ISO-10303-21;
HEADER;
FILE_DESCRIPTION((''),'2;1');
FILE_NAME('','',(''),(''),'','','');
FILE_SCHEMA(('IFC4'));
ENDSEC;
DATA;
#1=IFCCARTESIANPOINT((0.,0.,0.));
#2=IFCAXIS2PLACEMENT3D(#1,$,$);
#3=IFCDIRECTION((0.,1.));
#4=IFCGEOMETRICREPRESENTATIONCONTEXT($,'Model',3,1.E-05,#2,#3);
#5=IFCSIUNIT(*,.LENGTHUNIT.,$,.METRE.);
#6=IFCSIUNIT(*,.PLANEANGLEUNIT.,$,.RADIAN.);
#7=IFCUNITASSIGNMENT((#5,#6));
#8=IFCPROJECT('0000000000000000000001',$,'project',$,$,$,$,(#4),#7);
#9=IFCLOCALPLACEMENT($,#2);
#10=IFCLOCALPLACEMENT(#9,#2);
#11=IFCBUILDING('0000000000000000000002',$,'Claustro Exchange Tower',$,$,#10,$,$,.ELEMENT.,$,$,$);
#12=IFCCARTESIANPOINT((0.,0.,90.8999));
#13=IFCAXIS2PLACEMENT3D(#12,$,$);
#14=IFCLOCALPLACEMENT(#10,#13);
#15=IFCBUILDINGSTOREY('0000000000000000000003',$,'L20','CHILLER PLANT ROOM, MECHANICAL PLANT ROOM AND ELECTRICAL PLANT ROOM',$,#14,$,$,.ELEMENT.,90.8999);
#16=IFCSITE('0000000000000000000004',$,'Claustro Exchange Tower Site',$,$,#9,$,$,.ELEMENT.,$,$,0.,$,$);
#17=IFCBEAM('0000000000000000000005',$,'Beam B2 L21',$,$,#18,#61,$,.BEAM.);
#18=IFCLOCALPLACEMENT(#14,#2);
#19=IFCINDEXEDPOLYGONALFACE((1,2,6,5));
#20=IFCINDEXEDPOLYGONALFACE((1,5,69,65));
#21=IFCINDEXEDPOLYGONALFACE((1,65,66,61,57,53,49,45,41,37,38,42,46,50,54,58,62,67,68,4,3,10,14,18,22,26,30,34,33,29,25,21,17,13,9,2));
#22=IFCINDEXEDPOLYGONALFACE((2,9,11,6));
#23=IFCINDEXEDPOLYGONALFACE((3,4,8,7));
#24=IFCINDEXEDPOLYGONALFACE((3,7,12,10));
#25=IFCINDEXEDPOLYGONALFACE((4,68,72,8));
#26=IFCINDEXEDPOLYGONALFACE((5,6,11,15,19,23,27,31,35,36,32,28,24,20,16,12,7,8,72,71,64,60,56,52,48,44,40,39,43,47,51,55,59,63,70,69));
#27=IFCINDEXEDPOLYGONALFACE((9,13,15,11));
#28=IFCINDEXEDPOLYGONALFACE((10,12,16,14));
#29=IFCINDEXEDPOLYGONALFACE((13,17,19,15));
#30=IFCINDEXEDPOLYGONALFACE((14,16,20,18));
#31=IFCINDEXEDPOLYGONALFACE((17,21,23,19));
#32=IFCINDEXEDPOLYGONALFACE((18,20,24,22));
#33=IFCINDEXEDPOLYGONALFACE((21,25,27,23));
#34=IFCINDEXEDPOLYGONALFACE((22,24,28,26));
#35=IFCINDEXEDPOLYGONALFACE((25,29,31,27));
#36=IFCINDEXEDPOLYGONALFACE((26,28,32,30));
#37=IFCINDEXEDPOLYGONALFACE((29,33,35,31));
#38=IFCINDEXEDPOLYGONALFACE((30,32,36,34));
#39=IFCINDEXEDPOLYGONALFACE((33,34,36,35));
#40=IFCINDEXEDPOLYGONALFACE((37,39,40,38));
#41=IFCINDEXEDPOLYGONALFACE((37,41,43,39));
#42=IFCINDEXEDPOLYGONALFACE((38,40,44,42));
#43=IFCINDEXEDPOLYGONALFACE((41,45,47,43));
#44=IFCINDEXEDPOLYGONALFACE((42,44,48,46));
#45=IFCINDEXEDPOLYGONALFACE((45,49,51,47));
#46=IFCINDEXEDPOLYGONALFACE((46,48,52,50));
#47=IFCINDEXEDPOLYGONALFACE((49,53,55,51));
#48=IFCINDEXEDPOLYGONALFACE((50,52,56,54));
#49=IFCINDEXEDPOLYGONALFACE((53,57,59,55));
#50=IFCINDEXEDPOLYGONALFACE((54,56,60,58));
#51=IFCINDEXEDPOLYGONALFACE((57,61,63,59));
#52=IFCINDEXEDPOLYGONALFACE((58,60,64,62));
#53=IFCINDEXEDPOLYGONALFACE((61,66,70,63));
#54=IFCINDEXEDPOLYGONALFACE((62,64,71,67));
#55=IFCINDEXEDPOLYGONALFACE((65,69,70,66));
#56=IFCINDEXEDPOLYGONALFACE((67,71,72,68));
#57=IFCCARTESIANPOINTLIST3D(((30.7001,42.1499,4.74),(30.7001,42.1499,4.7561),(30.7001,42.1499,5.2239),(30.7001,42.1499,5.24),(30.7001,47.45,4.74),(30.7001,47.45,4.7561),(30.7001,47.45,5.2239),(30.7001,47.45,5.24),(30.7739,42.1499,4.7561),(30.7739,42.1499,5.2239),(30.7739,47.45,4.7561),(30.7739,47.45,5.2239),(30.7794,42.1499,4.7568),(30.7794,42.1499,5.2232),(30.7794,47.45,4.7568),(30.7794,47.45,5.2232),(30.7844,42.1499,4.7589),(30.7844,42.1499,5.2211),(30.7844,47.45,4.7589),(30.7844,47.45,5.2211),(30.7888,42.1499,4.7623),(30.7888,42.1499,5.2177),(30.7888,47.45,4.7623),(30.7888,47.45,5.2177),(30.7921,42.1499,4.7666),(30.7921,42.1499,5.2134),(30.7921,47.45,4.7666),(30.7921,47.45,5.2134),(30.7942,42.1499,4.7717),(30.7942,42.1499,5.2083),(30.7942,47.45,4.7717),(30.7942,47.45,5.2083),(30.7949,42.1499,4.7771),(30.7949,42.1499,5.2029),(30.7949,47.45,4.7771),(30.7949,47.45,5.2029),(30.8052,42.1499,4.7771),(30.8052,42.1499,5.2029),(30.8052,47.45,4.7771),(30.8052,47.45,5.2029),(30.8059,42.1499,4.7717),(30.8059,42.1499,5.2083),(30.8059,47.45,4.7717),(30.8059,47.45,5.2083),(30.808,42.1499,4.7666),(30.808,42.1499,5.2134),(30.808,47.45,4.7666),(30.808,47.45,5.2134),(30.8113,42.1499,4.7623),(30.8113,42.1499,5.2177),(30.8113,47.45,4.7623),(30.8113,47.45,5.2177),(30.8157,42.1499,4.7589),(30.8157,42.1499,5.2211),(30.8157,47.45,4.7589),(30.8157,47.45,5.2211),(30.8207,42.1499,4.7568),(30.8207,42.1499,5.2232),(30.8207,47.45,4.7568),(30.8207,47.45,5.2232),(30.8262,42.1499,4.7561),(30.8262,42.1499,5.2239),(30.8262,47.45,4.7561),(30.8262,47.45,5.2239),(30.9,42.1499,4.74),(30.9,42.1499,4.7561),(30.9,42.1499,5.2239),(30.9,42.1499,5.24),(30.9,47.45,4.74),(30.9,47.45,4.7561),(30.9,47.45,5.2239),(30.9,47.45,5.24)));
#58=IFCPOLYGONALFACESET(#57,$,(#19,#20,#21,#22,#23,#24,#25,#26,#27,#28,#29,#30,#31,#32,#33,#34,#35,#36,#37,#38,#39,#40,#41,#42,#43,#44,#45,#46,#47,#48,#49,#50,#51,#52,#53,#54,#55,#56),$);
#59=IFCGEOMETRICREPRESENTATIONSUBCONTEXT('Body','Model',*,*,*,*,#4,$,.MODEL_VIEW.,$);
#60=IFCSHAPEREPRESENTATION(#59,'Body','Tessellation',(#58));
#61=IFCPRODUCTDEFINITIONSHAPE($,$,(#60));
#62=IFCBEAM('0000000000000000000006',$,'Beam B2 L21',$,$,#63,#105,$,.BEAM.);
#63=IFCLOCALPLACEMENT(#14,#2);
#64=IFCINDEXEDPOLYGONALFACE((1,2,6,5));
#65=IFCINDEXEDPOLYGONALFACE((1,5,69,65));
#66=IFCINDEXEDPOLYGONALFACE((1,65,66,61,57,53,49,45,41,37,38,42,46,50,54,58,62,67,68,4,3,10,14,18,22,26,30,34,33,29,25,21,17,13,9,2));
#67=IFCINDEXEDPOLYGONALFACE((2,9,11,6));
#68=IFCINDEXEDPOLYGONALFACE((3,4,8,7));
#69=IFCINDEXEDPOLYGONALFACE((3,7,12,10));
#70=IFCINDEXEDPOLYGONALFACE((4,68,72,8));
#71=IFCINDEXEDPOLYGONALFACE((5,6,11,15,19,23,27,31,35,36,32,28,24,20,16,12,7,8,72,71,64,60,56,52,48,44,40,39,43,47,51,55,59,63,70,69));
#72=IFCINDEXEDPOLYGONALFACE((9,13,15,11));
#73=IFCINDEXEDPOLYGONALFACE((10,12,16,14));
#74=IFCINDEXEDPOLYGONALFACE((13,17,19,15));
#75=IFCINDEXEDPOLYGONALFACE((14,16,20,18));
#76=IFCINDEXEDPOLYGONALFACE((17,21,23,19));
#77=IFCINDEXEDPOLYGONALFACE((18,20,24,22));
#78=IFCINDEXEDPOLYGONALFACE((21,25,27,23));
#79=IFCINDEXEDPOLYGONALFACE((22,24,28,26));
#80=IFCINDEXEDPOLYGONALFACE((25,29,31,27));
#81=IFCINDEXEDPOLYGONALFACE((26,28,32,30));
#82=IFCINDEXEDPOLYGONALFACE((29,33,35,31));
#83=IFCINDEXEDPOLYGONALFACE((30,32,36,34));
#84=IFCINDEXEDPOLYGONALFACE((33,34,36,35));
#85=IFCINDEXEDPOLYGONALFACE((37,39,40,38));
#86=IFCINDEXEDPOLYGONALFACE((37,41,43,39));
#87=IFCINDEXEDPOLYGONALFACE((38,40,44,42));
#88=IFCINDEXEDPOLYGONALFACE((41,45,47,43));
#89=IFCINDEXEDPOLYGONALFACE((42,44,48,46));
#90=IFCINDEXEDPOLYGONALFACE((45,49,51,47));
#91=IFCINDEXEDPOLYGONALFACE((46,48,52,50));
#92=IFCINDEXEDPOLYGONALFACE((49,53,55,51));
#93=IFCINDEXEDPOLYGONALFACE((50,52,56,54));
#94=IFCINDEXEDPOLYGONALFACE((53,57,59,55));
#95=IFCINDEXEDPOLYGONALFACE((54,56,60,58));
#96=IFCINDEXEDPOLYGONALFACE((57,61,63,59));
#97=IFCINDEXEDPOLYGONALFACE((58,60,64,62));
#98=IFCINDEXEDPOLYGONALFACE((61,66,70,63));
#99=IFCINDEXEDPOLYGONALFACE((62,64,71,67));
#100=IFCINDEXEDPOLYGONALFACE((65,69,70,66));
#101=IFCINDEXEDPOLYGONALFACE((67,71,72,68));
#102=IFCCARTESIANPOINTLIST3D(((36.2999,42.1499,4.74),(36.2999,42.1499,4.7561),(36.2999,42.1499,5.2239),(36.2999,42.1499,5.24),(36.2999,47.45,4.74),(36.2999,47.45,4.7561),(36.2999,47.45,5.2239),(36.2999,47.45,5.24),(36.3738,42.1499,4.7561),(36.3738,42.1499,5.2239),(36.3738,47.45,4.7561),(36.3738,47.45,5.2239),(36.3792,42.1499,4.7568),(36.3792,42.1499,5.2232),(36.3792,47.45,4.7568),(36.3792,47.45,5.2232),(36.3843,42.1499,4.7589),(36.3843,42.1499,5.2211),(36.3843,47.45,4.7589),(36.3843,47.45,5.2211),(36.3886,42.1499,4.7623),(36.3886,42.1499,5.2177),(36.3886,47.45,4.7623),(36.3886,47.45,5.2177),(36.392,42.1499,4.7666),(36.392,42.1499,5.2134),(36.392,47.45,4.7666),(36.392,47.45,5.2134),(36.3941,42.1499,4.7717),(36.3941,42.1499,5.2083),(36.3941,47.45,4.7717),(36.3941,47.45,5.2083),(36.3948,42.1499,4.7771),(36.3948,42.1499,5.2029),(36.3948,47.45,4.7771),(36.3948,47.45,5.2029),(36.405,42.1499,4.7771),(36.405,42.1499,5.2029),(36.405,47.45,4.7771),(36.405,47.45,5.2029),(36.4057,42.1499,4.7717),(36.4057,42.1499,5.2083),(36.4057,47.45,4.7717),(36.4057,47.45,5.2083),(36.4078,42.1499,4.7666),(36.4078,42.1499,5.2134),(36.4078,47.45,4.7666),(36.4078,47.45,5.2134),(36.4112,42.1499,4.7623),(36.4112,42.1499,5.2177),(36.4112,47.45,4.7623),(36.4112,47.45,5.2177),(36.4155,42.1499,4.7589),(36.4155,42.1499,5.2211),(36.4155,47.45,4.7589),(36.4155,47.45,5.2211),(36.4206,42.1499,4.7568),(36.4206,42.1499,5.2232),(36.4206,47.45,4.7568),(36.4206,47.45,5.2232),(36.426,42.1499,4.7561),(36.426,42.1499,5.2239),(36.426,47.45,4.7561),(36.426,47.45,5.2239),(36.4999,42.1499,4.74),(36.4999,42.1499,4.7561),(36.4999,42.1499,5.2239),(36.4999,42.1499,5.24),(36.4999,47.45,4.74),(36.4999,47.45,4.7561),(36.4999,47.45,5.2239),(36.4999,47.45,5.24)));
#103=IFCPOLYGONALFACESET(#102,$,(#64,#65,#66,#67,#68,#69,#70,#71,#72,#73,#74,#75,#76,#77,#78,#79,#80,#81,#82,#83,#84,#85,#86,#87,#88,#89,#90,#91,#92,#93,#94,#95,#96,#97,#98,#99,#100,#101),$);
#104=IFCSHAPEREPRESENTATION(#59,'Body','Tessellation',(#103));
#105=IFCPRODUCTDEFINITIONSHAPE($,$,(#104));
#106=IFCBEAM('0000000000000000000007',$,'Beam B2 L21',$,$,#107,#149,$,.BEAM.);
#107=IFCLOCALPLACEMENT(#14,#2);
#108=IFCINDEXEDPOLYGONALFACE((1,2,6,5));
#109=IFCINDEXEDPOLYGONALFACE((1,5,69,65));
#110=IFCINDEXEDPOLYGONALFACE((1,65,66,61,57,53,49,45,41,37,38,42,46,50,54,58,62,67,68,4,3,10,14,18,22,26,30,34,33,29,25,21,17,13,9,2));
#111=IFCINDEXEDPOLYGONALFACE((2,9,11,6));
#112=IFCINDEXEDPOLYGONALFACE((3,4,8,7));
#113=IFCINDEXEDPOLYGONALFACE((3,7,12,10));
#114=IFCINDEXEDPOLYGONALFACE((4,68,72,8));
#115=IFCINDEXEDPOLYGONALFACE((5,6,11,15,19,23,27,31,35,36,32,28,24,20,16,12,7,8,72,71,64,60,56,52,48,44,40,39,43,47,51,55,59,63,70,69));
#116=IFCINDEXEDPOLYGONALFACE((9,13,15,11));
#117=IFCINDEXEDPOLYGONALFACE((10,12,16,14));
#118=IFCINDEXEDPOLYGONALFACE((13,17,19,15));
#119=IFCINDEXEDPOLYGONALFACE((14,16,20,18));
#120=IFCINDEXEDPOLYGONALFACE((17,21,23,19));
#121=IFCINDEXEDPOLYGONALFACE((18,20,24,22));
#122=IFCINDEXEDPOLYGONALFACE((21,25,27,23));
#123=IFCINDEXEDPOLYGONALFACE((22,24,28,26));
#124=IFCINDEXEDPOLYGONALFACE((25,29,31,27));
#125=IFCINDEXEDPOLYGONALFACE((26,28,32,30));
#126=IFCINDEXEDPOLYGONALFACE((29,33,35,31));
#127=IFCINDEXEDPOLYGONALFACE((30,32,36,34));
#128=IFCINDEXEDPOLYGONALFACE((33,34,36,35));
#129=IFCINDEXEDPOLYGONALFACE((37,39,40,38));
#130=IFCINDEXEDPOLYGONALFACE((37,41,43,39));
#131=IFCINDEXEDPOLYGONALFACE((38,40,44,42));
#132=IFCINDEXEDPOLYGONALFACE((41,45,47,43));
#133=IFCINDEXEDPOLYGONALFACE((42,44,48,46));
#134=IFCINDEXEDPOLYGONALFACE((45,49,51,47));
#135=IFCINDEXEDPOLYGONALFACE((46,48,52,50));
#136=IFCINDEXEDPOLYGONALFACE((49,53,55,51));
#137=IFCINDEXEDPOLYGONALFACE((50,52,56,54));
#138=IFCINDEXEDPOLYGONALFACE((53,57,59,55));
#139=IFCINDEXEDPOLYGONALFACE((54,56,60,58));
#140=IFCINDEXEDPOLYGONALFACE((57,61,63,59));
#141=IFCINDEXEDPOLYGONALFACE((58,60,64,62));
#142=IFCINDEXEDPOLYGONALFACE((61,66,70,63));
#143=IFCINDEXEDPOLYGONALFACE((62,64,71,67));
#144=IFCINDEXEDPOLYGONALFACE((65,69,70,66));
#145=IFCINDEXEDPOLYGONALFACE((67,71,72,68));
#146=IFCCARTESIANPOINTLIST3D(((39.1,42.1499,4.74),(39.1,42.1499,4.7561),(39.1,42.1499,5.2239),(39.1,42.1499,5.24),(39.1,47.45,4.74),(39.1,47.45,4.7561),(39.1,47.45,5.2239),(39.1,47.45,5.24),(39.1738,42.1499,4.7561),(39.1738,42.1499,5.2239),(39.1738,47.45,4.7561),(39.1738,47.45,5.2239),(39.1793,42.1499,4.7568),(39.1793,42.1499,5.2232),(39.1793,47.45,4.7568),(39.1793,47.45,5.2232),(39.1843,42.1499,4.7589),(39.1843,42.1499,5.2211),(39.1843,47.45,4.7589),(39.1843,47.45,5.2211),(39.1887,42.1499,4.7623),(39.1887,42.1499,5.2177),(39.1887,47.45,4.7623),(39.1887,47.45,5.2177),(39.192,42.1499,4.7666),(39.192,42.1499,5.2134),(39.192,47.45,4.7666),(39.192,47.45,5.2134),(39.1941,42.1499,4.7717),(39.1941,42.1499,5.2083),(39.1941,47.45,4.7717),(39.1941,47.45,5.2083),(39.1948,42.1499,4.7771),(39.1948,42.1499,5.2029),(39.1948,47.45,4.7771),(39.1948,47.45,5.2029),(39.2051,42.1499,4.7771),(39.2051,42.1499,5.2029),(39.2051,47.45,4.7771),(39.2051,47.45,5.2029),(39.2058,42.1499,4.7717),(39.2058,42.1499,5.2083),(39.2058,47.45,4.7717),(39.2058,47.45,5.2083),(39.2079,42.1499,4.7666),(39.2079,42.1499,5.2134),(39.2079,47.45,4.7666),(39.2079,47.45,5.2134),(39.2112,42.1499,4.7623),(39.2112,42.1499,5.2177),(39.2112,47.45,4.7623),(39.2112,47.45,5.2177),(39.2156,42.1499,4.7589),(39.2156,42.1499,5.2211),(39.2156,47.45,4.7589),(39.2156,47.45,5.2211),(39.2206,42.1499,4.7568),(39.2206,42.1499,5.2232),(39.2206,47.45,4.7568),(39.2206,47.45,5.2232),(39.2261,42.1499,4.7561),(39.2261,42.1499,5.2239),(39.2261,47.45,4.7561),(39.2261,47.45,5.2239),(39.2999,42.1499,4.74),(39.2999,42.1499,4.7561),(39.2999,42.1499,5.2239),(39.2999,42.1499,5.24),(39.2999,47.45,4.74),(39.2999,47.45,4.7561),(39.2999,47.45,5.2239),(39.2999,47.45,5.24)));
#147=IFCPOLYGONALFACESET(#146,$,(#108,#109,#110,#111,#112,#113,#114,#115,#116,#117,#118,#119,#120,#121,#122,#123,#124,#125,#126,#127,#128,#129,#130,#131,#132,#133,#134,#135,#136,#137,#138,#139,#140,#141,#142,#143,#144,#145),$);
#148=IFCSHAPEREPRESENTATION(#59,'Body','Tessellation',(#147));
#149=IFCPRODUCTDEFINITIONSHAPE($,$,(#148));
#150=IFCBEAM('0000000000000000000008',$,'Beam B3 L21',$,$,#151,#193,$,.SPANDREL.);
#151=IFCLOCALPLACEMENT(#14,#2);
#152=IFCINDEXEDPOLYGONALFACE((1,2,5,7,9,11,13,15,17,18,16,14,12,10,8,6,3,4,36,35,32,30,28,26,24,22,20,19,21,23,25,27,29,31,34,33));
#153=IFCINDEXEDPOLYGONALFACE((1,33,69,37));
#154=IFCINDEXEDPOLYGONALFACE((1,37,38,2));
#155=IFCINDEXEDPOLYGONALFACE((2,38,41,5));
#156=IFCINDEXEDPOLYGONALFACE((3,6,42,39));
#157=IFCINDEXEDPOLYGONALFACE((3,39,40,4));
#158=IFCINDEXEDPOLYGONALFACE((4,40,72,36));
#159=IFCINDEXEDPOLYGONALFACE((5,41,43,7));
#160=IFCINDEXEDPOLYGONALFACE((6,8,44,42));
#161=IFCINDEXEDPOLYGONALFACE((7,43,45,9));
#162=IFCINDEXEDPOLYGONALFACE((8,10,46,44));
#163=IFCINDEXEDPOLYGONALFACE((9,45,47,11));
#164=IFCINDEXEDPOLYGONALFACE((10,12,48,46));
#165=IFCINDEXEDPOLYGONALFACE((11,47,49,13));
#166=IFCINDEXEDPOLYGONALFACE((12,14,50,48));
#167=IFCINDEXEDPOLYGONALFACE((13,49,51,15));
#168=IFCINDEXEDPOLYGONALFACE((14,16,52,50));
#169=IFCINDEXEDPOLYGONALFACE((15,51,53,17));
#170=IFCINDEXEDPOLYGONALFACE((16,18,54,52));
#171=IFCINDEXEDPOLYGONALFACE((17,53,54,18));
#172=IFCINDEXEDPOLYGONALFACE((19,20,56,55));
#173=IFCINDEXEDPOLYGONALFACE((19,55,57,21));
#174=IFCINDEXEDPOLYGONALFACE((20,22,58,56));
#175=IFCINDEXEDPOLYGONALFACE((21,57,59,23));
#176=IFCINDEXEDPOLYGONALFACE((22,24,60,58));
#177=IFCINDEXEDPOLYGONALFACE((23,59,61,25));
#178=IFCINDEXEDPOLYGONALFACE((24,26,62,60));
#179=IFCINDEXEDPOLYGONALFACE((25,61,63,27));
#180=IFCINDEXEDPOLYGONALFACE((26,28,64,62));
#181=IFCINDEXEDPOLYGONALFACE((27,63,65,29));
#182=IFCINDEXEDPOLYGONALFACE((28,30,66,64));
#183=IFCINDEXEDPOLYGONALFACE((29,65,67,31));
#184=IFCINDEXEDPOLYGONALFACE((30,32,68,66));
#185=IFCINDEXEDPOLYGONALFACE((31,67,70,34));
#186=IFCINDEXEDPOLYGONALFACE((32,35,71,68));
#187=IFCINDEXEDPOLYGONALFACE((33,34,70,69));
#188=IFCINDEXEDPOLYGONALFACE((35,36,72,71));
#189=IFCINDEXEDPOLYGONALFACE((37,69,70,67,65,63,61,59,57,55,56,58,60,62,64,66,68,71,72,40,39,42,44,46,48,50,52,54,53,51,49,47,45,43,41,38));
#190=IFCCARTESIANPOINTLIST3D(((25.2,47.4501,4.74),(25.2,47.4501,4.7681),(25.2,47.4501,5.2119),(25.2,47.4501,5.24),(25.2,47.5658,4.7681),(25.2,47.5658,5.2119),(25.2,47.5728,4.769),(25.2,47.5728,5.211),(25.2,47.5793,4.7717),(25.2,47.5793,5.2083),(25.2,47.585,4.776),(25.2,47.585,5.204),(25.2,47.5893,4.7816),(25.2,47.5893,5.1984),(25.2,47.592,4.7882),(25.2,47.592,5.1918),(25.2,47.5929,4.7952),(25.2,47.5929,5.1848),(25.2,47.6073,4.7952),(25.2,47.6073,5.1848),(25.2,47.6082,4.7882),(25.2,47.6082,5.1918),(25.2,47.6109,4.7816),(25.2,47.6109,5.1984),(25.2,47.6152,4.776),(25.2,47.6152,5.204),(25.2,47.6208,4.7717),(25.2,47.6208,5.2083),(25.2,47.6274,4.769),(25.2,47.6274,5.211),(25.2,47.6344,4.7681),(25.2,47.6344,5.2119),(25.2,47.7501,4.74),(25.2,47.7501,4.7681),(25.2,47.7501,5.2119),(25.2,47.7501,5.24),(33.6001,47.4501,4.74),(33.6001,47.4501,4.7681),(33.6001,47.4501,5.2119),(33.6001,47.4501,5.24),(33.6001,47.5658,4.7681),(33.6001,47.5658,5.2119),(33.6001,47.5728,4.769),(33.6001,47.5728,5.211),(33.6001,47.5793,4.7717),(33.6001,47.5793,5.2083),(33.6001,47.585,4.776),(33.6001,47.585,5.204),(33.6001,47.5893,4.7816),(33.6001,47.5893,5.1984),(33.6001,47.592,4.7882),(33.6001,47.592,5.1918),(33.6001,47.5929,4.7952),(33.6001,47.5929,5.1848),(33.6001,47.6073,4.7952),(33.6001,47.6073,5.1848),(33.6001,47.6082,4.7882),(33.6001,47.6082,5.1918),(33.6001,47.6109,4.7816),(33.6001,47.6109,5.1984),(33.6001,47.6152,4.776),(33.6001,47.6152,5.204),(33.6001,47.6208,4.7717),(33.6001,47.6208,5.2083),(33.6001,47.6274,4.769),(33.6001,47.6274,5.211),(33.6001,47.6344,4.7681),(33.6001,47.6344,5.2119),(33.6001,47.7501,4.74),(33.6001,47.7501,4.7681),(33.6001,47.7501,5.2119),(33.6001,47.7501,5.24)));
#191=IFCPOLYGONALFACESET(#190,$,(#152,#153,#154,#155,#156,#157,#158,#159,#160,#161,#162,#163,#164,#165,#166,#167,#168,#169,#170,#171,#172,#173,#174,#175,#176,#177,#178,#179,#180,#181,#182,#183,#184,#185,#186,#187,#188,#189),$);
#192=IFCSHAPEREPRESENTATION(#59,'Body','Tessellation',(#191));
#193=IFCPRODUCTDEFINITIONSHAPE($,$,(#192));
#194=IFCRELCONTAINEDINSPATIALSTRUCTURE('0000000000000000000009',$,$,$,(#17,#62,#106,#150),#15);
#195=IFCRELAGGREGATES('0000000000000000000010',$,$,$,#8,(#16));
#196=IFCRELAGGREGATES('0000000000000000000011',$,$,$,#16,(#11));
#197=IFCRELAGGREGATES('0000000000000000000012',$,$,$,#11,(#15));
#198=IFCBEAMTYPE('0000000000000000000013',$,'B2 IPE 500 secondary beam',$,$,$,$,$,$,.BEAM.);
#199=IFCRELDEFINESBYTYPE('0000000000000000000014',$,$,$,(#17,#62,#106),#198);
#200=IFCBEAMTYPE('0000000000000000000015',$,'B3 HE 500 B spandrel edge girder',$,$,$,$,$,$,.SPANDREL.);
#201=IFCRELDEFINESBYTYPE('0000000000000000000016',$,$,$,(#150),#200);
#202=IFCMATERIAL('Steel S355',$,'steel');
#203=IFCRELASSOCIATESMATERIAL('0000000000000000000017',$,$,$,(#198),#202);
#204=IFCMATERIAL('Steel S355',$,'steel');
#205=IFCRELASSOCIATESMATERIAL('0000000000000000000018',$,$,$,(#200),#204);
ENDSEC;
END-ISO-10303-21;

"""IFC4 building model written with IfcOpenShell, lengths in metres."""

from ifc_helpers import new_model, si_unit, direction, frame, origin, origin_2d, place, context, subcontext, project, spatial, i_section, extrude, material, material_profile, profile_set, type_object, element, save


model = new_model("IFC4")

# Units and contexts
model_context = context("Model", 3, precision=1e-05, world=origin(), true_north=direction((0.0, 1.0)))
body_context = subcontext(model_context, "Body", "Model", "MODEL_VIEW")
ifc_project = project(units=[si_unit("LENGTHUNIT", "METRE"), si_unit("PLANEANGLEUNIT", "RADIAN")], contexts=[model_context])

# Site, building, storey
site_placement = place(None, origin())
site = spatial("IfcSite", under=ifc_project, at=site_placement, Name="Claustro Exchange Tower Site", CompositionType="ELEMENT", RefElevation=0.0)
building_placement = place(site_placement, origin())
building = spatial("IfcBuilding", under=site, at=building_placement, Name="Claustro Exchange Tower", CompositionType="ELEMENT")
storey_placement = place(building_placement, frame((0.0, 0.0, 90.8999)))
storey = spatial("IfcBuildingStorey", under=building, at=storey_placement, Name="L20", Description="CHILLER PLANT ROOM, MECHANICAL PLANT ROOM AND ELECTRICAL PLANT ROOM", CompositionType="ELEMENT", Elevation=90.8999)

# Beams
ifc_material_1 = material(Name="Steel S355", Category="steel")
ifc_material_profile_1 = material_profile(ifc_material_1, i_section(OverallWidth=0.2, OverallDepth=0.5, WebThickness=0.0103, FlangeThickness=0.0161, FilletRadius=0.021, at=origin_2d()), Name="IPE 500")
ifc_profile_set_1 = profile_set([ifc_material_profile_1], Name="Steel S355")
beam_type_1 = type_object("IfcBeamType", Name="B2 IPE 500 secondary beam", PredefinedType="BEAM", material=ifc_profile_set_1)
for number, where, z_axis, x_axis, name in (
    (1, (30.8, 42.1499, 4.99), (0.0, 1.0, 0.0), (-1.0, 0.0, 0.0), "Beam B2 L21"),
    (2, (36.3999, 42.1499, 4.99), (0.0, 1.0, 0.0), (-1.0, 0.0, 0.0), "Beam B2 L21"),
    (3, (39.2, 42.1499, 4.99), (0.0, 1.0, 0.0), (-1.0, 0.0, 0.0), "Beam B2 L21"),
):
    element("IfcBeam", number, at=place(storey_placement, frame(where, z_axis=z_axis, x_axis=x_axis)), inside=storey, type_object=beam_type_1, Name=name, PredefinedType="BEAM", context=body_context, shape_type="SweptSolid", body=[
        extrude(i_section(OverallWidth=0.2, OverallDepth=0.5, WebThickness=0.0103, FlangeThickness=0.0161, FilletRadius=0.021, at=origin_2d()), origin(), (0.0, 0.0, 1.0), 5.3),
    ])
ifc_material_2 = material(Name="Steel S355", Category="steel")
ifc_material_profile_2 = material_profile(ifc_material_2, i_section(OverallWidth=0.3, OverallDepth=0.5, WebThickness=0.0144, FlangeThickness=0.0281, FilletRadius=0.0271, at=origin_2d()), Name="HE 500 B")
ifc_profile_set_2 = profile_set([ifc_material_profile_2], Name="Steel S355")
beam_type_2 = type_object("IfcBeamType", Name="B3 HE 500 B spandrel edge girder", PredefinedType="SPANDREL", material=ifc_profile_set_2)
beam_1_placement = place(storey_placement, frame((25.2, 47.6001, 4.99), z_axis=(1.0, 0.0, 0.0), x_axis=(0.0, 1.0, 0.0)))
element("IfcBeam", 4, at=beam_1_placement, inside=storey, type_object=beam_type_2, Name="Beam B3 L21", PredefinedType="SPANDREL", context=body_context, shape_type="SweptSolid", body=[
    extrude(i_section(OverallWidth=0.3, OverallDepth=0.5, WebThickness=0.0144, FlangeThickness=0.0281, FilletRadius=0.0271, at=origin_2d()), origin(), (0.0, 0.0, 1.0), 8.4001),
])

save(model, "model.ifc")
